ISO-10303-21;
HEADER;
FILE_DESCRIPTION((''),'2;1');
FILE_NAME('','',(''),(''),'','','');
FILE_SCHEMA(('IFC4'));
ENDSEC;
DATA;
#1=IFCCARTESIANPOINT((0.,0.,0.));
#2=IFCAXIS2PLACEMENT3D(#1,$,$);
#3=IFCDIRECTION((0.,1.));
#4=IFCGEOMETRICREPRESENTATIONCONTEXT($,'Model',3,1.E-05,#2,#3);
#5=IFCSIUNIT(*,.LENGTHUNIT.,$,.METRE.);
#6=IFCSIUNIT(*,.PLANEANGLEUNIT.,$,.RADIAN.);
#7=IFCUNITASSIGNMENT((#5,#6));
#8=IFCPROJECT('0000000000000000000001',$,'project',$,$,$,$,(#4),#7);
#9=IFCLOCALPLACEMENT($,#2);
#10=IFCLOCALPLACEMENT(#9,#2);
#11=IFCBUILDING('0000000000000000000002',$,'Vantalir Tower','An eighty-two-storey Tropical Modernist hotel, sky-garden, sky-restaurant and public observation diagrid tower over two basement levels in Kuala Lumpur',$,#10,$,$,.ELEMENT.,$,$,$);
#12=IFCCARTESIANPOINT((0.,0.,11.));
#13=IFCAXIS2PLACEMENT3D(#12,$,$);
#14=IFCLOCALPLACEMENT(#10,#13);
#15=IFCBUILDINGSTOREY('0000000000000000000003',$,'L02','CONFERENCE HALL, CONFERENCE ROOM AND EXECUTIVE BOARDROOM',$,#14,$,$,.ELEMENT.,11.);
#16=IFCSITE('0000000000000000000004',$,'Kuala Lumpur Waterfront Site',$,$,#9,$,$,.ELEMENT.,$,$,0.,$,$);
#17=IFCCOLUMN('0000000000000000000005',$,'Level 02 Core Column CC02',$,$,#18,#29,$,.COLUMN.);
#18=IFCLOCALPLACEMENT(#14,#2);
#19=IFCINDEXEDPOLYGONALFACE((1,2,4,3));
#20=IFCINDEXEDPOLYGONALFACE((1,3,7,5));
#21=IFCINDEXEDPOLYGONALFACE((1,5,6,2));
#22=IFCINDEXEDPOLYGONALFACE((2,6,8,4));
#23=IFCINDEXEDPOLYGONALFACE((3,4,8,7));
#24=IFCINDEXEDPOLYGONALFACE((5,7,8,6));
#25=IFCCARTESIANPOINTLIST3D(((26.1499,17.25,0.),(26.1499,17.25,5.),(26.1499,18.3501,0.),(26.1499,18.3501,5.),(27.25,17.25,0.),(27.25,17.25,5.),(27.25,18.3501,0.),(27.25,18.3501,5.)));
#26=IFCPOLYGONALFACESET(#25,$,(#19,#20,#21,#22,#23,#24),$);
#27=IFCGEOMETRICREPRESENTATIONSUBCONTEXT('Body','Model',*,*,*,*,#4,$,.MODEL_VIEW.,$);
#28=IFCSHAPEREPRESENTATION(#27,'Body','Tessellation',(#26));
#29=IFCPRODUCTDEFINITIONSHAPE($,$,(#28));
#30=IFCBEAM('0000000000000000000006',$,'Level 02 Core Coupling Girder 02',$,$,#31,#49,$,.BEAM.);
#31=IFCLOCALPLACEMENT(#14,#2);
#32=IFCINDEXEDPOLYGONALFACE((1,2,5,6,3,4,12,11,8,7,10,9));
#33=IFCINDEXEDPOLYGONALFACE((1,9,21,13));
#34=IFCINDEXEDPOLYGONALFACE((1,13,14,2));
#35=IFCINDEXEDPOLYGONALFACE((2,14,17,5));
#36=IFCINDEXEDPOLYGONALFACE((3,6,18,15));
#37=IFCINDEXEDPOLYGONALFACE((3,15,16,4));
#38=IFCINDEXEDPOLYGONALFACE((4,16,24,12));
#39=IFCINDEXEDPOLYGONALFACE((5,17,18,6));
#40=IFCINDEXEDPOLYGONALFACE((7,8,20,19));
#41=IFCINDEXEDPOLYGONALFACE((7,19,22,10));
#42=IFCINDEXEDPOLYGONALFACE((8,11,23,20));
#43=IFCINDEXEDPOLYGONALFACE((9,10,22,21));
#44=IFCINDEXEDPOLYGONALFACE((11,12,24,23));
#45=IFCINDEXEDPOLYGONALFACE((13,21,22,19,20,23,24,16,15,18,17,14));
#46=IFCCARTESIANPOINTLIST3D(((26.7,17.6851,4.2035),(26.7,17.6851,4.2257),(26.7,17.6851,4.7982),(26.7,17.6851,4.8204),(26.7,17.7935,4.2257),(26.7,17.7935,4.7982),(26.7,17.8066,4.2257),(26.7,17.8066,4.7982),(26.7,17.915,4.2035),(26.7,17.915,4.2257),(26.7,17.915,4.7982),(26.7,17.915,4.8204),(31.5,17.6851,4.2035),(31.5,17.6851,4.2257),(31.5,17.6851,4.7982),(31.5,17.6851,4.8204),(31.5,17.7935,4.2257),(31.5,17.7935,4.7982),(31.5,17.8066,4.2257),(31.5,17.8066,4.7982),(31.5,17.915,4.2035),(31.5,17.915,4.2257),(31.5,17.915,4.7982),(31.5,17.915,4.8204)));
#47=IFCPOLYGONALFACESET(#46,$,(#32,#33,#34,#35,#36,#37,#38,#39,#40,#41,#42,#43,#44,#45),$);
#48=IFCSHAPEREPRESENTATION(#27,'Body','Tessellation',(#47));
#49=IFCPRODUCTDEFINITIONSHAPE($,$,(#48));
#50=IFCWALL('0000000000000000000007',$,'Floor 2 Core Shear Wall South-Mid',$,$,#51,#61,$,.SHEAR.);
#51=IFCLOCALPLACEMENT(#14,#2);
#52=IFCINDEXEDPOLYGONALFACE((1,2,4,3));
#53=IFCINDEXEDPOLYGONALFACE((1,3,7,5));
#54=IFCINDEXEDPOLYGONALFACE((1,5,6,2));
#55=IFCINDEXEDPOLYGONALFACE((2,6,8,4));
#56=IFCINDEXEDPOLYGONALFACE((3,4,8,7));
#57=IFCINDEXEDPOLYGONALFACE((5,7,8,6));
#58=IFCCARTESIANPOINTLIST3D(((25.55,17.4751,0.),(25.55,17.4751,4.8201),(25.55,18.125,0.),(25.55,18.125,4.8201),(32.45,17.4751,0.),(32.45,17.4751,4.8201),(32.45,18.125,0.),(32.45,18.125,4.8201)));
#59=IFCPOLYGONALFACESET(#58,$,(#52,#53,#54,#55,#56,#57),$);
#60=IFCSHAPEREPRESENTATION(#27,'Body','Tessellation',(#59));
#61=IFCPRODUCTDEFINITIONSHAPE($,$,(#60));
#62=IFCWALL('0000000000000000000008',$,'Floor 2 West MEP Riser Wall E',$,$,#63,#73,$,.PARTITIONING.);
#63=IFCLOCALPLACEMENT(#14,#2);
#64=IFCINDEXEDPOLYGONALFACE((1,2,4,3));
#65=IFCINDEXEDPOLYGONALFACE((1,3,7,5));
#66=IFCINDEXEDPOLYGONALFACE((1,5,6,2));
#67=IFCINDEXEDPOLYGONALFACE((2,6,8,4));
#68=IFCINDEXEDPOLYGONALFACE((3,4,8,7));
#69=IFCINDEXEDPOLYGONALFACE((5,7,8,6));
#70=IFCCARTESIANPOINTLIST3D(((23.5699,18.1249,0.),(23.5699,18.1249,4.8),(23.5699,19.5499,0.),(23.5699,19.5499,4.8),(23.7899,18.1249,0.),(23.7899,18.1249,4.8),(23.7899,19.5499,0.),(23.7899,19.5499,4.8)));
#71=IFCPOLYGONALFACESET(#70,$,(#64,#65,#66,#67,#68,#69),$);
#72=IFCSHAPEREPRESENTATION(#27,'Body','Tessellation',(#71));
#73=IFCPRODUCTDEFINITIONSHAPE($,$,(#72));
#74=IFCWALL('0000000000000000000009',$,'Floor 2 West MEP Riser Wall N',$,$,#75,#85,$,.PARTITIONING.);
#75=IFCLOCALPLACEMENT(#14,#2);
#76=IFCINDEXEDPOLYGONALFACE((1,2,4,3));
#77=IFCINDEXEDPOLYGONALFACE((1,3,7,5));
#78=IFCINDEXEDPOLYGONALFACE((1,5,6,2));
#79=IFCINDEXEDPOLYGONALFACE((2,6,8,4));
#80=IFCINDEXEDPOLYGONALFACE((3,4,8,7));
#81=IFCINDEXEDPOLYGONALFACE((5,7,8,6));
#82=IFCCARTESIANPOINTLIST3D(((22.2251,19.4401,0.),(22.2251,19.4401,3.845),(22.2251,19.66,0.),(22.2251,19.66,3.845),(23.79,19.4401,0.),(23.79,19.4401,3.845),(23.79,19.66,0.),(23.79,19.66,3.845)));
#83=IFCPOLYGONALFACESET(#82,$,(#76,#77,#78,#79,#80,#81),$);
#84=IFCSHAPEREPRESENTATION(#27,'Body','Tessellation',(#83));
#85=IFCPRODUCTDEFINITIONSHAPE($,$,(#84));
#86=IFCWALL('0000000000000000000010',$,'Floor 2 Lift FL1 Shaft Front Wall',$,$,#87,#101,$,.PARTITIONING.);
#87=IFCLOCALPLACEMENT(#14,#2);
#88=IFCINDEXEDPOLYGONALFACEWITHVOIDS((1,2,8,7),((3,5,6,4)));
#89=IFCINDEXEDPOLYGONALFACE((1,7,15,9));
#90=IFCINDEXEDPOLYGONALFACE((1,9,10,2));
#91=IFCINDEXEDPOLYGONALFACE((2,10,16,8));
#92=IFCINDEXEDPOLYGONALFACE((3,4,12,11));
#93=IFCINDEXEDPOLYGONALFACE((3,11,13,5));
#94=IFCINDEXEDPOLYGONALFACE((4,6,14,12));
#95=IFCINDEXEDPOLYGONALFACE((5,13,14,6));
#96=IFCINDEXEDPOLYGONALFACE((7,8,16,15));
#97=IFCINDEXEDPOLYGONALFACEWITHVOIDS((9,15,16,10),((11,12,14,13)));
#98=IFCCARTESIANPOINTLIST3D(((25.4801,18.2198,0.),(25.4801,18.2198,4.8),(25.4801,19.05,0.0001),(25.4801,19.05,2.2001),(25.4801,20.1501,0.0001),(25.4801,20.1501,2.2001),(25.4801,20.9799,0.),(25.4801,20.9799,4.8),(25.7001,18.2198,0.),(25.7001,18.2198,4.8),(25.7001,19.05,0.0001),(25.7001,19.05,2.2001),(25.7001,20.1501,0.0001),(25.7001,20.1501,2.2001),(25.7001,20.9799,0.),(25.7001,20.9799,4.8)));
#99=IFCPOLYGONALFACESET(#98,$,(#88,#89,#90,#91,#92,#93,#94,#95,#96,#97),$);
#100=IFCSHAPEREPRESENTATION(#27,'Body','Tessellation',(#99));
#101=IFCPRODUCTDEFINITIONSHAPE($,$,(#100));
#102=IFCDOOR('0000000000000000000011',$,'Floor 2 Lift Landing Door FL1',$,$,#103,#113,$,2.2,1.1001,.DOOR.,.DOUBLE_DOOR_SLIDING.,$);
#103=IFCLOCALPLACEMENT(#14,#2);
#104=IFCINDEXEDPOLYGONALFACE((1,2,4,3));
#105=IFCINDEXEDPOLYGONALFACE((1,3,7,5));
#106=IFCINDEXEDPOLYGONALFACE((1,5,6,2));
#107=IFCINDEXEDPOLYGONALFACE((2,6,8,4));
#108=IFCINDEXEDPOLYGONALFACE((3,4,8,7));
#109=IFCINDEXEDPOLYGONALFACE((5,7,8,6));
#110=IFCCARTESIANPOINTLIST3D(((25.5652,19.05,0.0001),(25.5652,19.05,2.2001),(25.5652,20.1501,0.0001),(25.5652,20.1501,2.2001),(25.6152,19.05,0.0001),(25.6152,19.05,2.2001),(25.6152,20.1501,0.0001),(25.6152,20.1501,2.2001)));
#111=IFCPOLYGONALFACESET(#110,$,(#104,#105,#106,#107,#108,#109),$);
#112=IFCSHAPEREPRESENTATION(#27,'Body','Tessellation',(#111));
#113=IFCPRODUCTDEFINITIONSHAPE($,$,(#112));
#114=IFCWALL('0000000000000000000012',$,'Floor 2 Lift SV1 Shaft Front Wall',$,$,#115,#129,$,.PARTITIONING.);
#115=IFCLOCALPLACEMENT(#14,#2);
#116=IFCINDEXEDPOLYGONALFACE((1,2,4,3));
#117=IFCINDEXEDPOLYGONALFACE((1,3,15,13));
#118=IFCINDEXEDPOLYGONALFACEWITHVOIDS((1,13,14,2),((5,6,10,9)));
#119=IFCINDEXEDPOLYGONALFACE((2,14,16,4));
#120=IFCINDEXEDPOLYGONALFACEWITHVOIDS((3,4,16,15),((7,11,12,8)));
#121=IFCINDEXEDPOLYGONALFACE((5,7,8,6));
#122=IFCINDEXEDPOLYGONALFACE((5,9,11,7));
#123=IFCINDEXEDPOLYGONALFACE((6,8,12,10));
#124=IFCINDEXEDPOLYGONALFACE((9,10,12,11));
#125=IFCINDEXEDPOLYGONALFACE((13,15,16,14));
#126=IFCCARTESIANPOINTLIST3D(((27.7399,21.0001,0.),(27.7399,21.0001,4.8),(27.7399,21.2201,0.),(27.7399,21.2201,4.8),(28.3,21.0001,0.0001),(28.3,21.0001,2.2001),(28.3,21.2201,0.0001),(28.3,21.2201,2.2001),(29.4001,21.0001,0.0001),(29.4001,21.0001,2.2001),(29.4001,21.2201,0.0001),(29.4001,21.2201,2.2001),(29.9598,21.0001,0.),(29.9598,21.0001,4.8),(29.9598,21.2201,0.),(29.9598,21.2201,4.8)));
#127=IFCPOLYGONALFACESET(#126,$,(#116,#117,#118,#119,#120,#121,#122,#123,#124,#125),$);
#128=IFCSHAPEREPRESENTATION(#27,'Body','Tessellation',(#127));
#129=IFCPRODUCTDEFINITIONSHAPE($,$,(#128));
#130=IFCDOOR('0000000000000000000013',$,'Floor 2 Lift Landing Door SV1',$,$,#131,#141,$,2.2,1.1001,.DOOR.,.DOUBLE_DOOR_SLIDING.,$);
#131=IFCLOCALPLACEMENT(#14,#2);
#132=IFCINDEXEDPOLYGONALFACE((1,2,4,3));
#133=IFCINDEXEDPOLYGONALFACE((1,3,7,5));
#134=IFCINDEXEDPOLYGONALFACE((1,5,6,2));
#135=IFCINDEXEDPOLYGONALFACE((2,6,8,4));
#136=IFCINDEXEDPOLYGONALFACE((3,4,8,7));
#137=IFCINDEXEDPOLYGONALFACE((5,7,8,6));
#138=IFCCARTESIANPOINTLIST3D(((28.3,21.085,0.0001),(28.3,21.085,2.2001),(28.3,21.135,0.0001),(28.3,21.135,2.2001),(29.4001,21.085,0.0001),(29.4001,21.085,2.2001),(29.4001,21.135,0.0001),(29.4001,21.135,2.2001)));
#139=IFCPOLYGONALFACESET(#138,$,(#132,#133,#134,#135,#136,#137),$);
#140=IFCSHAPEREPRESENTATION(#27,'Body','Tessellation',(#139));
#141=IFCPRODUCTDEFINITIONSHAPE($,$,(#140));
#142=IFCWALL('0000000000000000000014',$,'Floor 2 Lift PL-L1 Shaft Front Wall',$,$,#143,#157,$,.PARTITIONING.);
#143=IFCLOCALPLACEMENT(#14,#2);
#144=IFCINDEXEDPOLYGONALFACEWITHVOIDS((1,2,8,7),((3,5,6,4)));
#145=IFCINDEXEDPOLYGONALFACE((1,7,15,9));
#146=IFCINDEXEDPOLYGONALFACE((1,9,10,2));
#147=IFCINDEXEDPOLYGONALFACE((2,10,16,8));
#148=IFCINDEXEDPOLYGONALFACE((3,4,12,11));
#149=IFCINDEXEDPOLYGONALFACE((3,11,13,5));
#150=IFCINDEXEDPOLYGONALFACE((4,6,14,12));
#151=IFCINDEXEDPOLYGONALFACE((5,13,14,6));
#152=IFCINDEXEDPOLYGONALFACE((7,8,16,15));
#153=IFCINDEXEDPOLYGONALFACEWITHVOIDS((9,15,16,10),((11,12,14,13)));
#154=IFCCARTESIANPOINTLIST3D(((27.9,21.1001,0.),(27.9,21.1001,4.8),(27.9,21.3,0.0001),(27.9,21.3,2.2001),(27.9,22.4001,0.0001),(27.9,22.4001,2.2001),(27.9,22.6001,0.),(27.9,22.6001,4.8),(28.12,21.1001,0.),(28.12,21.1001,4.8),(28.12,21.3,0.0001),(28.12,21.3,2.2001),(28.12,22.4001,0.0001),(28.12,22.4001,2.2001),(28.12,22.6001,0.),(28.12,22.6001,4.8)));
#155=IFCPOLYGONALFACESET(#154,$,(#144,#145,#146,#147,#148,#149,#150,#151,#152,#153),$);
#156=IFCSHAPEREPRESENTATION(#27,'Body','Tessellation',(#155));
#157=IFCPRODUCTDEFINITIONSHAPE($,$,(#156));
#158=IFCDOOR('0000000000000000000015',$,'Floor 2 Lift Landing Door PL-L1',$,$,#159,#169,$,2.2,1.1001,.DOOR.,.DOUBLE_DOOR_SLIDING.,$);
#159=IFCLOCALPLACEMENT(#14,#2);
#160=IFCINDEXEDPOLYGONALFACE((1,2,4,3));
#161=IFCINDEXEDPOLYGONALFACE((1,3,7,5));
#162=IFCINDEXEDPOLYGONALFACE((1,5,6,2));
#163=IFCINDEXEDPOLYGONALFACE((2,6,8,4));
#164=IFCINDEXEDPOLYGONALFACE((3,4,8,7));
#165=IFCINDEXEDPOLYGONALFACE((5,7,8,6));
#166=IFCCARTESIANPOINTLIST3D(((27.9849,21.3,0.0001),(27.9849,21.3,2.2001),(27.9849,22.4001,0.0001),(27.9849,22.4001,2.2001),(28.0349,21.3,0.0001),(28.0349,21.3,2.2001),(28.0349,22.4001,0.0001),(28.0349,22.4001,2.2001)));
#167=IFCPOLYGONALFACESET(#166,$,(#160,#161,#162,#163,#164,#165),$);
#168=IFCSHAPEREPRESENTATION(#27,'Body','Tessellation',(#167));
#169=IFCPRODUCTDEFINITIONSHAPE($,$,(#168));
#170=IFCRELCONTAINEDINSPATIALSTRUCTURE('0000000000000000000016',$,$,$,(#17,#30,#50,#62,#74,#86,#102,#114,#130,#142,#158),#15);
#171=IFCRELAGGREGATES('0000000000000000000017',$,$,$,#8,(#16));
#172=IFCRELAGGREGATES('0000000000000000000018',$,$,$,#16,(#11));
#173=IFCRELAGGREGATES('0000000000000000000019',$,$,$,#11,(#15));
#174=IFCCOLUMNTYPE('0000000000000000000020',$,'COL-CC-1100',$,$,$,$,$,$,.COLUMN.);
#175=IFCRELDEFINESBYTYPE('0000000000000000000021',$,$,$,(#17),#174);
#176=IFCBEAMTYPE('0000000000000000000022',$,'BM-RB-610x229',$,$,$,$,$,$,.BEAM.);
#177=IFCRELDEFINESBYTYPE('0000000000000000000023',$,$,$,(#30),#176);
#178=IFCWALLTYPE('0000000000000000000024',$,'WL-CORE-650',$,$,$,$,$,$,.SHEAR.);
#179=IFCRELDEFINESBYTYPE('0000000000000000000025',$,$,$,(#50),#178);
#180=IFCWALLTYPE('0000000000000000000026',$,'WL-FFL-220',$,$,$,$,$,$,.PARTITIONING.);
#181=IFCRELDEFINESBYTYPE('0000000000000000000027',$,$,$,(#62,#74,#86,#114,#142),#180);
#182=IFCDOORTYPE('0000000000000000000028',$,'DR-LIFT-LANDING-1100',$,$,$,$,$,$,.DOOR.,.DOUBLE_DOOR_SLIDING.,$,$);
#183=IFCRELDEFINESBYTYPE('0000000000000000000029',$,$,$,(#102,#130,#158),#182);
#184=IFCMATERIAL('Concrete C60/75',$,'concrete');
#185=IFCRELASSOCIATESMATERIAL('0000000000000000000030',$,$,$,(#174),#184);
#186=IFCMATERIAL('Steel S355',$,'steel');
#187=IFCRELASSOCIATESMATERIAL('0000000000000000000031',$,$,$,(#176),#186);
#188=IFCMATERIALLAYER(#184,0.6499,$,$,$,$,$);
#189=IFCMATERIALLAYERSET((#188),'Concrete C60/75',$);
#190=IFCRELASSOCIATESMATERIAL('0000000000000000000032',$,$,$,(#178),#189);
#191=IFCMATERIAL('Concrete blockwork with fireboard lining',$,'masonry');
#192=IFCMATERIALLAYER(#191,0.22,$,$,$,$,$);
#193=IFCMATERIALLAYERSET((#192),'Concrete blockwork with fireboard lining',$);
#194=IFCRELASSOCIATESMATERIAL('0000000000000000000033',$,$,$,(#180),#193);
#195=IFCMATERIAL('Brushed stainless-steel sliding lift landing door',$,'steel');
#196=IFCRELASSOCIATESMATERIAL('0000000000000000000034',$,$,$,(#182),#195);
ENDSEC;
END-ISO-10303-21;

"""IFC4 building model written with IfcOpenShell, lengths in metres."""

from ifc_helpers import new_model, si_unit, direction, frame, frame_2d, origin, origin_2d, place, context, subcontext, project, spatial, rectangle, i_section, extrude, material, layer, layer_set, material_profile, profile_set, type_object, element, fill, save


model = new_model("IFC4")

# Units and contexts
model_context = context("Model", 3, precision=1e-05, world=origin(), true_north=direction((0.0, 1.0)))
body_context = subcontext(model_context, "Body", "Model", "MODEL_VIEW")
ifc_project = project(units=[si_unit("LENGTHUNIT", "METRE"), si_unit("PLANEANGLEUNIT", "RADIAN")], contexts=[model_context])

# Site, building, storey
site_placement = place(None, origin())
site = spatial("IfcSite", under=ifc_project, at=site_placement, Name="Kuala Lumpur Waterfront Site", CompositionType="ELEMENT", RefElevation=0.0)
building_placement = place(site_placement, origin())
building = spatial("IfcBuilding", under=site, at=building_placement, Name="Vantalir Tower", Description="An eighty-two-storey Tropical Modernist hotel, sky-garden, sky-restaurant and public observation diagrid tower over two basement levels in Kuala Lumpur", CompositionType="ELEMENT")
storey_placement = place(building_placement, frame((0.0, 0.0, 11.0)))
storey = spatial("IfcBuildingStorey", under=building, at=storey_placement, Name="L02", Description="CONFERENCE HALL, CONFERENCE ROOM AND EXECUTIVE BOARDROOM", CompositionType="ELEMENT", Elevation=11.0)

# Column
ifc_material_1 = material(Name="Concrete C60/75", Category="concrete")
ifc_material_profile_1 = material_profile(ifc_material_1, rectangle(XDim=1.1001, YDim=1.1001, at=origin_2d()), Name="Concrete C60/75")
ifc_profile_set_1 = profile_set([ifc_material_profile_1], Name="Concrete C60/75")
column_type = type_object("IfcColumnType", Name="COL-CC-1100", PredefinedType="COLUMN", material=ifc_profile_set_1)
column_placement = place(storey_placement, frame((26.7, 17.8, 0.0), z_axis=(0.0, 0.0, 1.0), x_axis=(1.0, 0.0, 0.0)))
element("IfcColumn", 1, at=column_placement, inside=storey, type_object=column_type, Name="Level 02 Core Column CC02", PredefinedType="COLUMN", context=body_context, shape_type="SweptSolid", body=[
    extrude(rectangle(XDim=1.1001, YDim=1.1001, at=origin_2d()), origin(), (0.0, 0.0, 1.0), 5.0),
])

# Beam
ifc_material_2 = material(Name="Steel S355", Category="steel")
ifc_material_profile_2 = material_profile(ifc_material_2, i_section(OverallWidth=0.23, OverallDepth=0.6169, WebThickness=0.0132, FlangeThickness=0.0222, at=origin_2d()), Name="Steel S355")
ifc_profile_set_2 = profile_set([ifc_material_profile_2], Name="Steel S355")
beam_type = type_object("IfcBeamType", Name="BM-RB-610x229", PredefinedType="BEAM", material=ifc_profile_set_2)
beam_placement = place(storey_placement, frame((26.7, 17.8, 4.512), z_axis=(1.0, 0.0, 0.0), x_axis=(0.0, 1.0, 0.0)))
element("IfcBeam", 2, at=beam_placement, inside=storey, type_object=beam_type, Name="Level 02 Core Coupling Girder 02", PredefinedType="BEAM", context=body_context, shape_type="SweptSolid", body=[
    extrude(i_section(OverallWidth=0.23, OverallDepth=0.6169, WebThickness=0.0132, FlangeThickness=0.0222, at=origin_2d()), origin(), (0.0, 0.0, 1.0), 4.8),
])

# Walls
ifc_layer_1 = layer(ifc_material_1, 0.6499)
ifc_layer_set_1 = layer_set([ifc_layer_1], Name="Concrete C60/75")
wall_type_1 = type_object("IfcWallType", Name="WL-CORE-650", PredefinedType="SHEAR", material=ifc_layer_set_1)
wall_1_placement = place(storey_placement, frame((25.55, 17.8, 0.0), z_axis=(0.0, 0.0, 1.0), x_axis=(1.0, 0.0, 0.0)))
element("IfcWall", 3, at=wall_1_placement, inside=storey, type_object=wall_type_1, Name="Floor 2 Core Shear Wall South-Mid", PredefinedType="SHEAR", context=body_context, shape_type="SweptSolid", body=[
    extrude(rectangle(XDim=6.8999, YDim=0.6499, at=frame_2d((3.45, 0.0))), origin(), (0.0, 0.0, 1.0), 4.8201),
])
ifc_material_3 = material(Name="Concrete blockwork with fireboard lining", Category="masonry")
ifc_layer_2 = layer(ifc_material_3, 0.22)
ifc_layer_set_2 = layer_set([ifc_layer_2], Name="Concrete blockwork with fireboard lining")
wall_type_2 = type_object("IfcWallType", Name="WL-FFL-220", PredefinedType="PARTITIONING", material=ifc_layer_set_2)
wall_2_placement = place(storey_placement, frame((23.6799, 18.125, 0.0), z_axis=(0.0, 0.0, 1.0), x_axis=(0.0, 1.0, 0.0)))
element("IfcWall", 4, at=wall_2_placement, inside=storey, type_object=wall_type_2, Name="Floor 2 West MEP Riser Wall E", PredefinedType="PARTITIONING", context=body_context, shape_type="SweptSolid", body=[
    extrude(rectangle(XDim=1.425, YDim=0.22, at=frame_2d((0.7124, 0.0))), origin(), (0.0, 0.0, 1.0), 4.8),
])
wall_3_placement = place(storey_placement, frame((22.2251, 19.55, 0.0), z_axis=(0.0, 0.0, 1.0), x_axis=(1.0, 0.0, 0.0)))
element("IfcWall", 5, at=wall_3_placement, inside=storey, type_object=wall_type_2, Name="Floor 2 West MEP Riser Wall N", PredefinedType="PARTITIONING", context=body_context, shape_type="SweptSolid", body=[
    extrude(rectangle(XDim=1.5649, YDim=0.22, at=frame_2d((0.7825, 0.0))), origin(), (0.0, 0.0, 1.0), 3.845),
])

# Walls, openings, doors
wall_4_placement = place(storey_placement, frame((25.5901, 18.22, 0.0), z_axis=(0.0, 0.0, 1.0), x_axis=(0.0, 1.0, 0.0)))
wall_4 = element("IfcWall", 6, at=wall_4_placement, inside=storey, type_object=wall_type_2, Name="Floor 2 Lift FL1 Shaft Front Wall", PredefinedType="PARTITIONING", context=body_context, shape_type="SweptSolid", body=[
    extrude(rectangle(XDim=2.76, YDim=0.22, at=frame_2d((1.3799, 0.0))), origin(), (0.0, 0.0, 1.0), 4.8),
])
opening_1_placement = place(wall_4_placement, frame((0.8301, 0.0, 0.0)))
opening_1 = element("IfcOpeningElement", 7, at=opening_1_placement, cuts=wall_4, PredefinedType="OPENING", context=body_context, shape_type="SweptSolid", body=[
    extrude(rectangle(XDim=1.1001, YDim=2.2, at=frame_2d((0.55, 1.1001))), frame((0.0, 0.1199, 0.0), z_axis=(0.0, -1.0, 0.0), x_axis=(1.0, 0.0, 0.0)), (0.0, 0.0, 1.0), 0.24),
])
ifc_material_4 = material(Name="Brushed stainless-steel sliding lift landing door", Category="steel")
door_type_1 = type_object("IfcDoorType", Name="DR-LIFT-LANDING-1100", OperationType="DOUBLE_DOOR_SLIDING", PredefinedType="DOOR", material=ifc_material_4)
door_1_placement = place(opening_1_placement, origin())
door_1 = element("IfcDoor", 8, at=door_1_placement, inside=storey, type_object=door_type_1, Name="Floor 2 Lift Landing Door FL1", OperationType="DOUBLE_DOOR_SLIDING", OverallHeight=2.2, OverallWidth=1.1001, PredefinedType="DOOR", context=body_context, shape_type="SweptSolid", body=[
    extrude(rectangle(XDim=1.1001, YDim=2.2, at=frame_2d((0.55, 1.1001))), frame((0.0, 0.0249, 0.0), z_axis=(0.0, -1.0, 0.0), x_axis=(1.0, 0.0, 0.0)), (0.0, 0.0, 1.0), 0.05),
])
fill(opening_1, door_1)
wall_5_placement = place(storey_placement, frame((27.74, 21.1101, 0.0), z_axis=(0.0, 0.0, 1.0), x_axis=(1.0, 0.0, 0.0)))
wall_5 = element("IfcWall", 9, at=wall_5_placement, inside=storey, type_object=wall_type_2, Name="Floor 2 Lift SV1 Shaft Front Wall", PredefinedType="PARTITIONING", context=body_context, shape_type="SweptSolid", body=[
    extrude(rectangle(XDim=2.22, YDim=0.22, at=frame_2d((1.1099, 0.0))), origin(), (0.0, 0.0, 1.0), 4.8),
])
opening_2_placement = place(wall_5_placement, frame((0.5601, 0.0, 0.0)))
opening_2 = element("IfcOpeningElement", 10, at=opening_2_placement, cuts=wall_5, PredefinedType="OPENING", context=body_context, shape_type="SweptSolid", body=[
    extrude(rectangle(XDim=1.1001, YDim=2.2, at=frame_2d((0.55, 1.1001))), frame((0.0, 0.1199, 0.0), z_axis=(0.0, -1.0, 0.0), x_axis=(1.0, 0.0, 0.0)), (0.0, 0.0, 1.0), 0.24),
])
door_2_placement = place(opening_2_placement, origin())
door_2 = element("IfcDoor", 11, at=door_2_placement, inside=storey, type_object=door_type_1, Name="Floor 2 Lift Landing Door SV1", OperationType="DOUBLE_DOOR_SLIDING", OverallHeight=2.2, OverallWidth=1.1001, PredefinedType="DOOR", context=body_context, shape_type="SweptSolid", body=[
    extrude(rectangle(XDim=1.1001, YDim=2.2, at=frame_2d((0.55, 1.1001))), frame((0.0, 0.0249, 0.0), z_axis=(0.0, -1.0, 0.0), x_axis=(1.0, 0.0, 0.0)), (0.0, 0.0, 1.0), 0.05),
])
fill(opening_2, door_2)
wall_6_placement = place(storey_placement, frame((28.01, 21.1001, 0.0), z_axis=(0.0, 0.0, 1.0), x_axis=(0.0, 1.0, 0.0)))
wall_6 = element("IfcWall", 12, at=wall_6_placement, inside=storey, type_object=wall_type_2, Name="Floor 2 Lift PL-L1 Shaft Front Wall", PredefinedType="PARTITIONING", context=body_context, shape_type="SweptSolid", body=[
    extrude(rectangle(XDim=1.5, YDim=0.22, at=frame_2d((0.75, 0.0))), origin(), (0.0, 0.0, 1.0), 4.8),
])
opening_3_placement = place(wall_6_placement, frame((0.2, 0.0, 0.0)))
opening_3 = element("IfcOpeningElement", 13, at=opening_3_placement, cuts=wall_6, PredefinedType="OPENING", context=body_context, shape_type="SweptSolid", body=[
    extrude(rectangle(XDim=1.1001, YDim=2.2, at=frame_2d((0.55, 1.1001))), frame((0.0, 0.1199, 0.0), z_axis=(0.0, -1.0, 0.0), x_axis=(1.0, 0.0, 0.0)), (0.0, 0.0, 1.0), 0.24),
])
door_3_placement = place(opening_3_placement, frame((1.1001, 0.0, 0.0), z_axis=(0.0, 0.0, 1.0), x_axis=(-1.0, 0.0, 0.0)))
door_3 = element("IfcDoor", 14, at=door_3_placement, inside=storey, type_object=door_type_1, Name="Floor 2 Lift Landing Door PL-L1", OperationType="DOUBLE_DOOR_SLIDING", OverallHeight=2.2, OverallWidth=1.1001, PredefinedType="DOOR", context=body_context, shape_type="SweptSolid", body=[
    extrude(rectangle(XDim=1.1001, YDim=2.2, at=frame_2d((0.55, 1.1001))), frame((0.0, 0.0249, 0.0), z_axis=(0.0, -1.0, 0.0), x_axis=(1.0, 0.0, 0.0)), (0.0, 0.0, 1.0), 0.05),
])
fill(opening_3, door_3)

save(model, "model.ifc")
